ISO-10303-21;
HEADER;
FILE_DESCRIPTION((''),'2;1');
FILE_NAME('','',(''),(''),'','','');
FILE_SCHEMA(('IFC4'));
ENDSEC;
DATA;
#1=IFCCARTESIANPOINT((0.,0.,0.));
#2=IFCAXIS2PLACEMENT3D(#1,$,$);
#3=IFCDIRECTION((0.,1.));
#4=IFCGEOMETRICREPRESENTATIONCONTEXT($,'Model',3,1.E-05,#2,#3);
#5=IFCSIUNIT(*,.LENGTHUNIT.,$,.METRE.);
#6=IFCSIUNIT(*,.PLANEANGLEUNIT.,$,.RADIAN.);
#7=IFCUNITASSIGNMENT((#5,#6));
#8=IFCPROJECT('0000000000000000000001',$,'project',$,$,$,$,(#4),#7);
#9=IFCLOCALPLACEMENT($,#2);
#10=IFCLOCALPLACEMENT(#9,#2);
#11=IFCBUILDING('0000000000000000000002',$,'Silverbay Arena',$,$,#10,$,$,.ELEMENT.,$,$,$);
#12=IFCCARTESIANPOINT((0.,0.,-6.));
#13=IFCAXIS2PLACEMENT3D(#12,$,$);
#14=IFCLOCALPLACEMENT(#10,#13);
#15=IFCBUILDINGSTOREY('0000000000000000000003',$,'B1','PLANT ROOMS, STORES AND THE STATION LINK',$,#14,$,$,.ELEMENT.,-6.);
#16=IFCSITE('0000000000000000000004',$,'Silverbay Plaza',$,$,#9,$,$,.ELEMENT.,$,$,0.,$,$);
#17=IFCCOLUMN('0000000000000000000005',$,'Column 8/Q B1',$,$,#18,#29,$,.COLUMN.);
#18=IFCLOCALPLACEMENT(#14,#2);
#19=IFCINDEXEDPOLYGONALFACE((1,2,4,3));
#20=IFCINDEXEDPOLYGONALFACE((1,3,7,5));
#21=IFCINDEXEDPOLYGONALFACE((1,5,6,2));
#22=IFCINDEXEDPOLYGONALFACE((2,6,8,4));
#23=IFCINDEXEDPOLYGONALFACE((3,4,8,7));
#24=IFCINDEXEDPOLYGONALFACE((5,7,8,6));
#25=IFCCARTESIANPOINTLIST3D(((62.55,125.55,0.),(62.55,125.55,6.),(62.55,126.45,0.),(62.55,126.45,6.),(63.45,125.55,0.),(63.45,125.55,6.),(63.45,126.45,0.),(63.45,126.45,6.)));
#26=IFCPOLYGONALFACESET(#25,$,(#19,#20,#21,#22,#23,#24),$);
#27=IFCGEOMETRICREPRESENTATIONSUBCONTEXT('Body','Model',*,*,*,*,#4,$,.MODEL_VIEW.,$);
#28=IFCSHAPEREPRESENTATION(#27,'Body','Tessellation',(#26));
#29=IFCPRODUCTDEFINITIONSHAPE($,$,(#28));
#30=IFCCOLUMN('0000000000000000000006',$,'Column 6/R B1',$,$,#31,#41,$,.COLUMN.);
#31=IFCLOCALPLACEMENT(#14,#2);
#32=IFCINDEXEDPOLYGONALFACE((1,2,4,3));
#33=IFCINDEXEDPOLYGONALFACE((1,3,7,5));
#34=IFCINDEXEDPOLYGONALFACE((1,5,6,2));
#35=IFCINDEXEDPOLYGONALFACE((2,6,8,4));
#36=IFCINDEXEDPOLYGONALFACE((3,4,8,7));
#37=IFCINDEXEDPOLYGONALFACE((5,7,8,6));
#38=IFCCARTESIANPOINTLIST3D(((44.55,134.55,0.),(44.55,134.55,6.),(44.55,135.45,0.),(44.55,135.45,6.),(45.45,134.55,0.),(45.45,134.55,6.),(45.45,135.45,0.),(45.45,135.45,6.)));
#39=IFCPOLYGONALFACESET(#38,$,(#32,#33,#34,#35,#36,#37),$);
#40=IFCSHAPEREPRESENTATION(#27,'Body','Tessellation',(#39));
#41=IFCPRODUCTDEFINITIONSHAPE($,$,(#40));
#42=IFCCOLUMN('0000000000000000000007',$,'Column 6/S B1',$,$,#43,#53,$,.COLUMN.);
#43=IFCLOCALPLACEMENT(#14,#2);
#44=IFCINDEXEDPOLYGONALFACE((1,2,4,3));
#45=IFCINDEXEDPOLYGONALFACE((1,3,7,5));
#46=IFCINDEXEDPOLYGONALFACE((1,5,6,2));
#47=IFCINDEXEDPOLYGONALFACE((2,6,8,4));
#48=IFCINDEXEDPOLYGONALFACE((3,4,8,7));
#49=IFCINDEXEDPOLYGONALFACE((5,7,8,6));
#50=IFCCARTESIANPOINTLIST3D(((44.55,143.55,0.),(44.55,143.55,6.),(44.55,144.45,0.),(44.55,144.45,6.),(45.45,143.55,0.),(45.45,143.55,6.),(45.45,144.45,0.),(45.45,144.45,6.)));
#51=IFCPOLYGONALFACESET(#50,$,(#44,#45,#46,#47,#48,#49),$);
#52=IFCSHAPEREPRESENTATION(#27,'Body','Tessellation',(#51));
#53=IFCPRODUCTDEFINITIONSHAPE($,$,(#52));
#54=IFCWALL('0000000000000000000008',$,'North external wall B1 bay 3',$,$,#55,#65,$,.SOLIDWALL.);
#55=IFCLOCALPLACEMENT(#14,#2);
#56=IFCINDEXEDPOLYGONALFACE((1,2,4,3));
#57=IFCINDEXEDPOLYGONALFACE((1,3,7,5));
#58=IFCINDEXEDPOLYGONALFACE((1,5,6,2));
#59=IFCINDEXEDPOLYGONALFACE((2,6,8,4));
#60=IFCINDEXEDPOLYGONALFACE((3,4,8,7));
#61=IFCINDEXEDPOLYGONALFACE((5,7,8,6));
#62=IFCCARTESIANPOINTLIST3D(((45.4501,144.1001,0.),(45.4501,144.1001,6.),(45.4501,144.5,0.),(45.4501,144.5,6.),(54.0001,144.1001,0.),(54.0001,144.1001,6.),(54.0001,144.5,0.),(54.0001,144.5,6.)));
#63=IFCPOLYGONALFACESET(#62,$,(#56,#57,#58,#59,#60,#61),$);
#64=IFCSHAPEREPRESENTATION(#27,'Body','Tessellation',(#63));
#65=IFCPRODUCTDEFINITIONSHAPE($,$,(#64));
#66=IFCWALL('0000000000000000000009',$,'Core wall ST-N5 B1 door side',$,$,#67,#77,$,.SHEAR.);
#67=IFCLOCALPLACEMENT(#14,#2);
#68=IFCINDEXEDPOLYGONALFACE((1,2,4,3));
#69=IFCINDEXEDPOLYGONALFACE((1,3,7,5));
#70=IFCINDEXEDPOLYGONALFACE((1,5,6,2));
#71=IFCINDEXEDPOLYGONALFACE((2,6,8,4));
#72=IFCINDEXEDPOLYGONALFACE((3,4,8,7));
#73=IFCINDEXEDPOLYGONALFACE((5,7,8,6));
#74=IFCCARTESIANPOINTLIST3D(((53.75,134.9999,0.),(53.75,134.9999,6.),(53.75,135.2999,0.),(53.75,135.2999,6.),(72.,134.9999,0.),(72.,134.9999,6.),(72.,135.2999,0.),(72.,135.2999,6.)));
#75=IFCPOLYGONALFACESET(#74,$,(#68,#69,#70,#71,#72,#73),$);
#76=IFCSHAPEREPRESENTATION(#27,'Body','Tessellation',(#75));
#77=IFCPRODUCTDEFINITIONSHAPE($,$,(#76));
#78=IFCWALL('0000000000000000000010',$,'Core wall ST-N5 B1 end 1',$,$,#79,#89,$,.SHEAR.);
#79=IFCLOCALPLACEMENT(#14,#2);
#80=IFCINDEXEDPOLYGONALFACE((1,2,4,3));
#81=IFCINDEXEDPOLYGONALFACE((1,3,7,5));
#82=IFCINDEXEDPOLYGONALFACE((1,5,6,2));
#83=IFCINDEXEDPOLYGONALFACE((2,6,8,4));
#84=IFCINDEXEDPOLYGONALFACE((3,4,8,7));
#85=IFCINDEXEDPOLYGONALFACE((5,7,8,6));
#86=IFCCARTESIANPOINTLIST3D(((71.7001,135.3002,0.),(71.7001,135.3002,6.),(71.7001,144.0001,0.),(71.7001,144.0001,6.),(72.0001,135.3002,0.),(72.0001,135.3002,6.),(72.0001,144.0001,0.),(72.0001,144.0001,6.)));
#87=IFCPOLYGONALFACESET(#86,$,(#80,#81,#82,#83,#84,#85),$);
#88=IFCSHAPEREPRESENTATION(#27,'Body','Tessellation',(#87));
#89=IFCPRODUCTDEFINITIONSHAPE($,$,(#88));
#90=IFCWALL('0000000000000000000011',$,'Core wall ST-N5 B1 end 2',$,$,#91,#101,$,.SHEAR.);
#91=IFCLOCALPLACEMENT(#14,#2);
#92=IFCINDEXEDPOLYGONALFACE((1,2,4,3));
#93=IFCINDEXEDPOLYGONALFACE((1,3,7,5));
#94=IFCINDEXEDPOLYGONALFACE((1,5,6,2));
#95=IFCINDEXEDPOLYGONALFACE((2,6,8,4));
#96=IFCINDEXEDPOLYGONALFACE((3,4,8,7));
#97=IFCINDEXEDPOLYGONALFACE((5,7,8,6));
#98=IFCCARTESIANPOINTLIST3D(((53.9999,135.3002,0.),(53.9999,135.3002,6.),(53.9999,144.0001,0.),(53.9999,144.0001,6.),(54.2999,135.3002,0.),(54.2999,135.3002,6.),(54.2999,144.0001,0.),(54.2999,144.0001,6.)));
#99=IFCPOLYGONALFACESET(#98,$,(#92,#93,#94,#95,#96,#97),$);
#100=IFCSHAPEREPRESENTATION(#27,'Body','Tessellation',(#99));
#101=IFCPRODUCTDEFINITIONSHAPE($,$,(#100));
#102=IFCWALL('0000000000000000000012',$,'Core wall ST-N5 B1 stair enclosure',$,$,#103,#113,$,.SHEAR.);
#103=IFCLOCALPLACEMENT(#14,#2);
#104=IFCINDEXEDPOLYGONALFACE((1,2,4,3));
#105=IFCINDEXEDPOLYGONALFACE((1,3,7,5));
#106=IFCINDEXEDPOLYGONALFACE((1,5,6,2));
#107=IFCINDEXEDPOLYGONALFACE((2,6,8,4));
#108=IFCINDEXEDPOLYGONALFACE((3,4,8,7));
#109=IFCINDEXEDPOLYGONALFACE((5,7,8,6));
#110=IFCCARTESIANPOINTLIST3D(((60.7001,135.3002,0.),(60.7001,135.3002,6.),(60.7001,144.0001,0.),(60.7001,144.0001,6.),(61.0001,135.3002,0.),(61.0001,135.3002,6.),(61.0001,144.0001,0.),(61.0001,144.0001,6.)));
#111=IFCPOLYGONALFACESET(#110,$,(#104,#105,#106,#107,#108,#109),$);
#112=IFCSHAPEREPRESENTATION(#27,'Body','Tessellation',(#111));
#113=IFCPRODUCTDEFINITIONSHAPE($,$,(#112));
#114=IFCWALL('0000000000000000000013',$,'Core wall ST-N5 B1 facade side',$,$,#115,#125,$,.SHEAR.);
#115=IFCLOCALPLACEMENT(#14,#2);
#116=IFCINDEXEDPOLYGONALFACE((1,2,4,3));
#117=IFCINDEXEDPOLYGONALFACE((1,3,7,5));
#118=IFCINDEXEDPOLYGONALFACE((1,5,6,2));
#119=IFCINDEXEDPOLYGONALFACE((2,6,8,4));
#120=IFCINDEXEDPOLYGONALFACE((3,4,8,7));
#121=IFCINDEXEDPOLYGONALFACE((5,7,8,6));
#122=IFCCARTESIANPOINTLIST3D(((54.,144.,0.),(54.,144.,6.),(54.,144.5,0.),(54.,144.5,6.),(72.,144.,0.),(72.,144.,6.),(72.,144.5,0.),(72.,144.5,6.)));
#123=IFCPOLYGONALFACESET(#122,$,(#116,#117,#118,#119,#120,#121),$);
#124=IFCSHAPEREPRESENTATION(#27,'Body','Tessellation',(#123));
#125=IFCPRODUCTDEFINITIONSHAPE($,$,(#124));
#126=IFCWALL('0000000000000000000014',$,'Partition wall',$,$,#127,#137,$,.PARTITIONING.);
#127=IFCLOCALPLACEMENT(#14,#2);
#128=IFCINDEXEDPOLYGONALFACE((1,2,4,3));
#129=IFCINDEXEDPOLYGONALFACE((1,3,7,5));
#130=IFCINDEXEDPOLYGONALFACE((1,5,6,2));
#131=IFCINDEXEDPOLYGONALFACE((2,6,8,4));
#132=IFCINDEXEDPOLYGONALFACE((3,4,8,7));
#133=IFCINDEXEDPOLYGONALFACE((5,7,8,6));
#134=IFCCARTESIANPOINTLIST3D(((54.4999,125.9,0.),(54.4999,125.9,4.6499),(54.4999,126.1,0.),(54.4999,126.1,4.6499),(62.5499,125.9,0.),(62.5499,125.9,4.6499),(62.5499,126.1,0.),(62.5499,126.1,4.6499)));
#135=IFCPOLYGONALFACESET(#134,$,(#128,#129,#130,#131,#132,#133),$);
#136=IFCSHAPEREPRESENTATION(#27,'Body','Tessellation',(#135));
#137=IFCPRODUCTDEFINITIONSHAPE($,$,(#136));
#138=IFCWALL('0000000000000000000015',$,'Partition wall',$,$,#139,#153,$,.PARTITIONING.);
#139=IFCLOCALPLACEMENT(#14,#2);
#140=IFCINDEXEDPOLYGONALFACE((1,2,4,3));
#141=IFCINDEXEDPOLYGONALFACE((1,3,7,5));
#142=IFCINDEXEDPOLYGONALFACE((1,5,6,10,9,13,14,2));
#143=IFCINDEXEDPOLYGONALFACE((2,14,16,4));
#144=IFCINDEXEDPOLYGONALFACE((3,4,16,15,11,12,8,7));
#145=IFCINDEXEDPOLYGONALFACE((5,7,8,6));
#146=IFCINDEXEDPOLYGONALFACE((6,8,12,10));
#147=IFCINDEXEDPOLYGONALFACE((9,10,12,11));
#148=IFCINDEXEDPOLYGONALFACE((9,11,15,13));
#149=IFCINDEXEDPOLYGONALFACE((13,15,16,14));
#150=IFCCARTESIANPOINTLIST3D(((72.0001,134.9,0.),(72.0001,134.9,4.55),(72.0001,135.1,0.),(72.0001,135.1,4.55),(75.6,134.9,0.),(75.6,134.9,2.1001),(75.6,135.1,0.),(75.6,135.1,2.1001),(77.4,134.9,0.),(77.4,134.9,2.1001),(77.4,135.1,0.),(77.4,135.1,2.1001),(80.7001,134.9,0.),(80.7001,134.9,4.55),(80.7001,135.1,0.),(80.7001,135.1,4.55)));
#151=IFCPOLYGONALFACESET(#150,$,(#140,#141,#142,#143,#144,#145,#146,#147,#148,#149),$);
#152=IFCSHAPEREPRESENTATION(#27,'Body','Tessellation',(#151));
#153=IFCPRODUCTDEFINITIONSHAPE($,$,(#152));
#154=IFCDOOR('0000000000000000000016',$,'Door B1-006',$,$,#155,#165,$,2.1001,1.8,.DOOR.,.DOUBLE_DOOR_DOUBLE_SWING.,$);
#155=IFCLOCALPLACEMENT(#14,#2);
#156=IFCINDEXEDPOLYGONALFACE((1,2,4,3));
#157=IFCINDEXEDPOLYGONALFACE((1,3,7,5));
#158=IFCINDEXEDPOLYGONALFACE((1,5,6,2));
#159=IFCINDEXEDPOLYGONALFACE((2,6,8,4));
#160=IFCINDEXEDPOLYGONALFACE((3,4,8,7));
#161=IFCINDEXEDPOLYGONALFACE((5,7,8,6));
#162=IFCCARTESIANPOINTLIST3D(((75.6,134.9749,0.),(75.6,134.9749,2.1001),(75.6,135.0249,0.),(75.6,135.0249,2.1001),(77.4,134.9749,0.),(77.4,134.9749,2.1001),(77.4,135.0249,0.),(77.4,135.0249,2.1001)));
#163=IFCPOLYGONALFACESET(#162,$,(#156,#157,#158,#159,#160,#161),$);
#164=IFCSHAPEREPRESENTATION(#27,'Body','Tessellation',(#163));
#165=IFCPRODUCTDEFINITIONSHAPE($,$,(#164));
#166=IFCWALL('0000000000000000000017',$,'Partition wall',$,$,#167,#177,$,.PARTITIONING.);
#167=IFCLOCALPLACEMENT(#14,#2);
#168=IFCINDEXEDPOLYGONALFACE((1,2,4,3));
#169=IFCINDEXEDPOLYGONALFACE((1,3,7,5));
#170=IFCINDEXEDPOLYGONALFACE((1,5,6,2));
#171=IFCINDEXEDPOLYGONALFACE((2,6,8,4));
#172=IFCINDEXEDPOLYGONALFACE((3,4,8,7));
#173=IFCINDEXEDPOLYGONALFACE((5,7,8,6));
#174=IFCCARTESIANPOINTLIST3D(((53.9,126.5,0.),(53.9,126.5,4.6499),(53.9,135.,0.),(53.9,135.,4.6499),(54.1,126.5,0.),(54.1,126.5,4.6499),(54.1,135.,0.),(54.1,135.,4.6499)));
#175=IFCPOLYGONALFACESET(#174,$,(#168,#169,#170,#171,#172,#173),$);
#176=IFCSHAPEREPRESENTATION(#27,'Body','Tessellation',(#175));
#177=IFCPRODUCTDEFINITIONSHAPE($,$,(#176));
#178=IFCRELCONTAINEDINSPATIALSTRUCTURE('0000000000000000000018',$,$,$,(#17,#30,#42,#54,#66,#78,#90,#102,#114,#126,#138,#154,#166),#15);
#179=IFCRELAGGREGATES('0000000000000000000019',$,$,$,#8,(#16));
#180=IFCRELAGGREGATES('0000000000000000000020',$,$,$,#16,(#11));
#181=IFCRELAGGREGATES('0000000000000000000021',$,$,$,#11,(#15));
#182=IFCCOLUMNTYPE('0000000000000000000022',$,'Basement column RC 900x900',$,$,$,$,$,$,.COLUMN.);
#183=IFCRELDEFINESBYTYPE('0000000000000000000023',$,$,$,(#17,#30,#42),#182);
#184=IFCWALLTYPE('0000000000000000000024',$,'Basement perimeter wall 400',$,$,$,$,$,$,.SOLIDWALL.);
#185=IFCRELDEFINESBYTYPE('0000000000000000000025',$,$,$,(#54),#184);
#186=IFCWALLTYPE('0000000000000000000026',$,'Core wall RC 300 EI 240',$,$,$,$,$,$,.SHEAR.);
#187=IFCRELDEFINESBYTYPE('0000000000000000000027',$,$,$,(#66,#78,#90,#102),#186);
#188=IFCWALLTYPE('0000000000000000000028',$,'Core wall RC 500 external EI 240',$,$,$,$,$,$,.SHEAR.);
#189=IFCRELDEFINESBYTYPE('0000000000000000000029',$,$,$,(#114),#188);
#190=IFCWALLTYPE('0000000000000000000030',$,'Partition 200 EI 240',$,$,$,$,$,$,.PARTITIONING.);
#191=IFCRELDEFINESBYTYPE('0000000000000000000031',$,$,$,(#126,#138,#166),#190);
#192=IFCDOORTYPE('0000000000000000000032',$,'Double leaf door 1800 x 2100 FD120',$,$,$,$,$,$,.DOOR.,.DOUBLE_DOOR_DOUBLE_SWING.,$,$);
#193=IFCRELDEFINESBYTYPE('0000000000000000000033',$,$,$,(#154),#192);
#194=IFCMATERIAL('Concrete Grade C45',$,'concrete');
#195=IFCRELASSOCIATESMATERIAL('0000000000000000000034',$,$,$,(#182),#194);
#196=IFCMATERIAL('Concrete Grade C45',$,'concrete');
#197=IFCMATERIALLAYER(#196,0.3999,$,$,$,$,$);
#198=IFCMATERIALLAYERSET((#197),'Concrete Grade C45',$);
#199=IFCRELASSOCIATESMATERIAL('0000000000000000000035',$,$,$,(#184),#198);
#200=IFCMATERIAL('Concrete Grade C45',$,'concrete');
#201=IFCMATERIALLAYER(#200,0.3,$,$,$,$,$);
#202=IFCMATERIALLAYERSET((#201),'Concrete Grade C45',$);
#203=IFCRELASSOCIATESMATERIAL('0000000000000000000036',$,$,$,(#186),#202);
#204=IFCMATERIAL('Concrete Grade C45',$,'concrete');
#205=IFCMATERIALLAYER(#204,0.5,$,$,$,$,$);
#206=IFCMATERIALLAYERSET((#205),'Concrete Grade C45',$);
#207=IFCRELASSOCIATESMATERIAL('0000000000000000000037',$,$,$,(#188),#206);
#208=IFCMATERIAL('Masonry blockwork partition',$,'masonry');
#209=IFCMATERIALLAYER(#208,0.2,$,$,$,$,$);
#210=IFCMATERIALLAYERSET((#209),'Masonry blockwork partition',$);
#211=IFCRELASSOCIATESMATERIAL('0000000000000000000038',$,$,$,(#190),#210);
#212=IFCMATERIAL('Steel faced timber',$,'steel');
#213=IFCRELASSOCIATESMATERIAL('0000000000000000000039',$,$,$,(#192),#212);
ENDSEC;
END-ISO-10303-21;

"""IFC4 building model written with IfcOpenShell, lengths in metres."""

from ifc_helpers import new_model, si_unit, direction, frame, frame_2d, origin, origin_2d, place, context, subcontext, project, spatial, rectangle, extrude, material, layer, layer_set, material_profile, profile_set, type_object, element, fill, save


model = new_model("IFC4")

# Units and contexts
model_context = context("Model", 3, precision=1e-05, world=origin(), true_north=direction((0.0, 1.0)))
body_context = subcontext(model_context, "Body", "Model", "MODEL_VIEW")
ifc_project = project(units=[si_unit("LENGTHUNIT", "METRE"), si_unit("PLANEANGLEUNIT", "RADIAN")], contexts=[model_context])

# Site, building, storey
site_placement = place(None, origin())
site = spatial("IfcSite", under=ifc_project, at=site_placement, Name="Silverbay Plaza", CompositionType="ELEMENT", RefElevation=0.0)
building_placement = place(site_placement, origin())
building = spatial("IfcBuilding", under=site, at=building_placement, Name="Silverbay Arena", CompositionType="ELEMENT")
storey_placement = place(building_placement, frame((0.0, 0.0, -6.0)))
storey = spatial("IfcBuildingStorey", under=building, at=storey_placement, Name="B1", Description="PLANT ROOMS, STORES AND THE STATION LINK", CompositionType="ELEMENT", Elevation=-6.0)

# Columns
ifc_material_1 = material(Name="Concrete Grade C45", Category="concrete")
ifc_material_profile_1 = material_profile(ifc_material_1, rectangle(XDim=0.8999, YDim=0.8999, at=origin_2d()), Name="RC 900x900")
ifc_profile_set_1 = profile_set([ifc_material_profile_1], Name="Concrete Grade C45")
column_type_1 = type_object("IfcColumnType", Name="Basement column RC 900x900", PredefinedType="COLUMN", material=ifc_profile_set_1)
for number, where, z_axis, x_axis, name in (
    (1, (63.0, 126.0, 0.0), (0.0, 0.0, 1.0), (1.0, 0.0, 0.0), "Column 8/Q B1"),
    (2, (45.0, 135.0, 0.0), (0.0, 0.0, 1.0), (1.0, 0.0, 0.0), "Column 6/R B1"),
    (3, (45.0, 144.0, 0.0), (0.0, 0.0, 1.0), (1.0, 0.0, 0.0), "Column 6/S B1"),
):
    element("IfcColumn", number, at=place(storey_placement, frame(where, z_axis=z_axis, x_axis=x_axis)), inside=storey, type_object=column_type_1, Name=name, PredefinedType="COLUMN", context=body_context, shape_type="SweptSolid", body=[
        extrude(rectangle(XDim=0.8999, YDim=0.8999, at=origin_2d()), origin(), (0.0, 0.0, 1.0), 6.0),
    ])

# Walls
ifc_material_2 = material(Name="Concrete Grade C45", Category="concrete")
ifc_layer_1 = layer(ifc_material_2, 0.3999)
ifc_layer_set_1 = layer_set([ifc_layer_1], Name="Concrete Grade C45")
wall_type_1 = type_object("IfcWallType", Name="Basement perimeter wall 400", PredefinedType="SOLIDWALL", material=ifc_layer_set_1)
wall_1_placement = place(storey_placement, frame((54.0, 144.3, 0.0), z_axis=(0.0, 0.0, 1.0), x_axis=(-1.0, 0.0, 0.0)))
element("IfcWall", 4, at=wall_1_placement, inside=storey, type_object=wall_type_1, Name="North external wall B1 bay 3", PredefinedType="SOLIDWALL", context=body_context, shape_type="SweptSolid", body=[
    extrude(rectangle(XDim=8.55, YDim=0.3999, at=frame_2d((4.2749, 0.0))), origin(), (0.0, 0.0, 1.0), 6.0),
])
ifc_material_3 = material(Name="Concrete Grade C45", Category="concrete")
ifc_layer_2 = layer(ifc_material_3, 0.3)
ifc_layer_set_2 = layer_set([ifc_layer_2], Name="Concrete Grade C45")
wall_type_2 = type_object("IfcWallType", Name="Core wall RC 300 EI 240", PredefinedType="SHEAR", material=ifc_layer_set_2)
wall_2_placement = place(storey_placement, frame((72.0, 135.1499, 0.0), z_axis=(0.0, 0.0, 1.0), x_axis=(-1.0, 0.0, 0.0)))
element("IfcWall", 5, at=wall_2_placement, inside=storey, type_object=wall_type_2, Name="Core wall ST-N5 B1 door side", PredefinedType="SHEAR", context=body_context, shape_type="SweptSolid", body=[
    extrude(rectangle(XDim=18.25, YDim=0.3, at=frame_2d((9.125, 0.0))), origin(), (0.0, 0.0, 1.0), 6.0),
])
for number, where, z_axis, x_axis, name in (
    (6, (71.8501, 135.3, 0.0), (0.0, 0.0, 1.0), (0.0, 1.0, 0.0), "Core wall ST-N5 B1 end 1"),
    (7, (54.1499, 135.3, 0.0), (0.0, 0.0, 1.0), (0.0, 1.0, 0.0), "Core wall ST-N5 B1 end 2"),
    (8, (60.8501, 135.3, 0.0), (0.0, 0.0, 1.0), (0.0, 1.0, 0.0), "Core wall ST-N5 B1 stair enclosure"),
):
    element("IfcWall", number, at=place(storey_placement, frame(where, z_axis=z_axis, x_axis=x_axis)), inside=storey, type_object=wall_type_2, Name=name, PredefinedType="SHEAR", context=body_context, shape_type="SweptSolid", body=[
        extrude(rectangle(XDim=8.7, YDim=0.3, at=frame_2d((4.3501, 0.0))), origin(), (0.0, 0.0, 1.0), 6.0),
    ])
ifc_material_4 = material(Name="Concrete Grade C45", Category="concrete")
ifc_layer_3 = layer(ifc_material_4, 0.5)
ifc_layer_set_3 = layer_set([ifc_layer_3], Name="Concrete Grade C45")
wall_type_3 = type_object("IfcWallType", Name="Core wall RC 500 external EI 240", PredefinedType="SHEAR", material=ifc_layer_set_3)
wall_3_placement = place(storey_placement, frame((72.0, 144.25, 0.0), z_axis=(0.0, 0.0, 1.0), x_axis=(-1.0, 0.0, 0.0)))
element("IfcWall", 9, at=wall_3_placement, inside=storey, type_object=wall_type_3, Name="Core wall ST-N5 B1 facade side", PredefinedType="SHEAR", context=body_context, shape_type="SweptSolid", body=[
    extrude(rectangle(XDim=18.0, YDim=0.5, at=frame_2d((9.0, 0.0))), origin(), (0.0, 0.0, 1.0), 6.0),
])
ifc_material_5 = material(Name="Masonry blockwork partition", Category="masonry")
ifc_layer_4 = layer(ifc_material_5, 0.2)
ifc_layer_set_4 = layer_set([ifc_layer_4], Name="Masonry blockwork partition")
wall_type_4 = type_object("IfcWallType", Name="Partition 200 EI 240", PredefinedType="PARTITIONING", material=ifc_layer_set_4)
wall_4_placement = place(storey_placement, frame((54.5, 126.0, 0.0), z_axis=(0.0, 0.0, 1.0), x_axis=(1.0, 0.0, 0.0)))
element("IfcWall", 10, at=wall_4_placement, inside=storey, type_object=wall_type_4, Name="Partition wall", PredefinedType="PARTITIONING", context=body_context, shape_type="SweptSolid", body=[
    extrude(rectangle(XDim=8.05, YDim=0.2, at=frame_2d((4.0249, 0.0))), origin(), (0.0, 0.0, 1.0), 4.6499),
])

# Wall, opening, door
wall_5_placement = place(storey_placement, frame((72.0, 135.0, 0.0), z_axis=(0.0, 0.0, 1.0), x_axis=(1.0, 0.0, 0.0)))
wall_5 = element("IfcWall", 11, at=wall_5_placement, inside=storey, type_object=wall_type_4, Name="Partition wall", PredefinedType="PARTITIONING", context=body_context, shape_type="SweptSolid", body=[
    extrude(rectangle(XDim=8.7, YDim=0.2, at=frame_2d((4.3501, 0.0))), origin(), (0.0, 0.0, 1.0), 4.55),
])
opening_placement = place(wall_5_placement, frame((3.6001, 0.0, 0.0)))
opening = element("IfcOpeningElement", 12, at=opening_placement, cuts=wall_5, PredefinedType="OPENING", context=body_context, shape_type="SweptSolid", body=[
    extrude(rectangle(XDim=1.8, YDim=2.1001, at=frame_2d((0.8999, 1.05))), frame((0.0, 0.1099, 0.0), z_axis=(0.0, -1.0, 0.0), x_axis=(1.0, 0.0, 0.0)), (0.0, 0.0, 1.0), 0.22),
])
ifc_material_6 = material(Name="Steel faced timber", Category="steel")
door_type = type_object("IfcDoorType", Name="Double leaf door 1800 x 2100 FD120", OperationType="DOUBLE_DOOR_DOUBLE_SWING", PredefinedType="DOOR", material=ifc_material_6)
door_placement = place(opening_placement, origin())
door = element("IfcDoor", 13, at=door_placement, inside=storey, type_object=door_type, Name="Door B1-006", OperationType="DOUBLE_DOOR_DOUBLE_SWING", OverallHeight=2.1001, OverallWidth=1.8, PredefinedType="DOOR", context=body_context, shape_type="SweptSolid", body=[
    extrude(rectangle(XDim=1.8, YDim=2.1001, at=frame_2d((0.8999, 1.05))), frame((0.0, 0.0249, 0.0), z_axis=(0.0, -1.0, 0.0), x_axis=(1.0, 0.0, 0.0)), (0.0, 0.0, 1.0), 0.05),
])
fill(opening, door)

# Wall
wall_6_placement = place(storey_placement, frame((54.0, 126.5, 0.0), z_axis=(0.0, 0.0, 1.0), x_axis=(0.0, 1.0, 0.0)))
element("IfcWall", 14, at=wall_6_placement, inside=storey, type_object=wall_type_4, Name="Partition wall", PredefinedType="PARTITIONING", context=body_context, shape_type="SweptSolid", body=[
    extrude(rectangle(XDim=8.5, YDim=0.2, at=frame_2d((4.25, 0.0))), origin(), (0.0, 0.0, 1.0), 4.6499),
])

save(model, "model.ifc")
